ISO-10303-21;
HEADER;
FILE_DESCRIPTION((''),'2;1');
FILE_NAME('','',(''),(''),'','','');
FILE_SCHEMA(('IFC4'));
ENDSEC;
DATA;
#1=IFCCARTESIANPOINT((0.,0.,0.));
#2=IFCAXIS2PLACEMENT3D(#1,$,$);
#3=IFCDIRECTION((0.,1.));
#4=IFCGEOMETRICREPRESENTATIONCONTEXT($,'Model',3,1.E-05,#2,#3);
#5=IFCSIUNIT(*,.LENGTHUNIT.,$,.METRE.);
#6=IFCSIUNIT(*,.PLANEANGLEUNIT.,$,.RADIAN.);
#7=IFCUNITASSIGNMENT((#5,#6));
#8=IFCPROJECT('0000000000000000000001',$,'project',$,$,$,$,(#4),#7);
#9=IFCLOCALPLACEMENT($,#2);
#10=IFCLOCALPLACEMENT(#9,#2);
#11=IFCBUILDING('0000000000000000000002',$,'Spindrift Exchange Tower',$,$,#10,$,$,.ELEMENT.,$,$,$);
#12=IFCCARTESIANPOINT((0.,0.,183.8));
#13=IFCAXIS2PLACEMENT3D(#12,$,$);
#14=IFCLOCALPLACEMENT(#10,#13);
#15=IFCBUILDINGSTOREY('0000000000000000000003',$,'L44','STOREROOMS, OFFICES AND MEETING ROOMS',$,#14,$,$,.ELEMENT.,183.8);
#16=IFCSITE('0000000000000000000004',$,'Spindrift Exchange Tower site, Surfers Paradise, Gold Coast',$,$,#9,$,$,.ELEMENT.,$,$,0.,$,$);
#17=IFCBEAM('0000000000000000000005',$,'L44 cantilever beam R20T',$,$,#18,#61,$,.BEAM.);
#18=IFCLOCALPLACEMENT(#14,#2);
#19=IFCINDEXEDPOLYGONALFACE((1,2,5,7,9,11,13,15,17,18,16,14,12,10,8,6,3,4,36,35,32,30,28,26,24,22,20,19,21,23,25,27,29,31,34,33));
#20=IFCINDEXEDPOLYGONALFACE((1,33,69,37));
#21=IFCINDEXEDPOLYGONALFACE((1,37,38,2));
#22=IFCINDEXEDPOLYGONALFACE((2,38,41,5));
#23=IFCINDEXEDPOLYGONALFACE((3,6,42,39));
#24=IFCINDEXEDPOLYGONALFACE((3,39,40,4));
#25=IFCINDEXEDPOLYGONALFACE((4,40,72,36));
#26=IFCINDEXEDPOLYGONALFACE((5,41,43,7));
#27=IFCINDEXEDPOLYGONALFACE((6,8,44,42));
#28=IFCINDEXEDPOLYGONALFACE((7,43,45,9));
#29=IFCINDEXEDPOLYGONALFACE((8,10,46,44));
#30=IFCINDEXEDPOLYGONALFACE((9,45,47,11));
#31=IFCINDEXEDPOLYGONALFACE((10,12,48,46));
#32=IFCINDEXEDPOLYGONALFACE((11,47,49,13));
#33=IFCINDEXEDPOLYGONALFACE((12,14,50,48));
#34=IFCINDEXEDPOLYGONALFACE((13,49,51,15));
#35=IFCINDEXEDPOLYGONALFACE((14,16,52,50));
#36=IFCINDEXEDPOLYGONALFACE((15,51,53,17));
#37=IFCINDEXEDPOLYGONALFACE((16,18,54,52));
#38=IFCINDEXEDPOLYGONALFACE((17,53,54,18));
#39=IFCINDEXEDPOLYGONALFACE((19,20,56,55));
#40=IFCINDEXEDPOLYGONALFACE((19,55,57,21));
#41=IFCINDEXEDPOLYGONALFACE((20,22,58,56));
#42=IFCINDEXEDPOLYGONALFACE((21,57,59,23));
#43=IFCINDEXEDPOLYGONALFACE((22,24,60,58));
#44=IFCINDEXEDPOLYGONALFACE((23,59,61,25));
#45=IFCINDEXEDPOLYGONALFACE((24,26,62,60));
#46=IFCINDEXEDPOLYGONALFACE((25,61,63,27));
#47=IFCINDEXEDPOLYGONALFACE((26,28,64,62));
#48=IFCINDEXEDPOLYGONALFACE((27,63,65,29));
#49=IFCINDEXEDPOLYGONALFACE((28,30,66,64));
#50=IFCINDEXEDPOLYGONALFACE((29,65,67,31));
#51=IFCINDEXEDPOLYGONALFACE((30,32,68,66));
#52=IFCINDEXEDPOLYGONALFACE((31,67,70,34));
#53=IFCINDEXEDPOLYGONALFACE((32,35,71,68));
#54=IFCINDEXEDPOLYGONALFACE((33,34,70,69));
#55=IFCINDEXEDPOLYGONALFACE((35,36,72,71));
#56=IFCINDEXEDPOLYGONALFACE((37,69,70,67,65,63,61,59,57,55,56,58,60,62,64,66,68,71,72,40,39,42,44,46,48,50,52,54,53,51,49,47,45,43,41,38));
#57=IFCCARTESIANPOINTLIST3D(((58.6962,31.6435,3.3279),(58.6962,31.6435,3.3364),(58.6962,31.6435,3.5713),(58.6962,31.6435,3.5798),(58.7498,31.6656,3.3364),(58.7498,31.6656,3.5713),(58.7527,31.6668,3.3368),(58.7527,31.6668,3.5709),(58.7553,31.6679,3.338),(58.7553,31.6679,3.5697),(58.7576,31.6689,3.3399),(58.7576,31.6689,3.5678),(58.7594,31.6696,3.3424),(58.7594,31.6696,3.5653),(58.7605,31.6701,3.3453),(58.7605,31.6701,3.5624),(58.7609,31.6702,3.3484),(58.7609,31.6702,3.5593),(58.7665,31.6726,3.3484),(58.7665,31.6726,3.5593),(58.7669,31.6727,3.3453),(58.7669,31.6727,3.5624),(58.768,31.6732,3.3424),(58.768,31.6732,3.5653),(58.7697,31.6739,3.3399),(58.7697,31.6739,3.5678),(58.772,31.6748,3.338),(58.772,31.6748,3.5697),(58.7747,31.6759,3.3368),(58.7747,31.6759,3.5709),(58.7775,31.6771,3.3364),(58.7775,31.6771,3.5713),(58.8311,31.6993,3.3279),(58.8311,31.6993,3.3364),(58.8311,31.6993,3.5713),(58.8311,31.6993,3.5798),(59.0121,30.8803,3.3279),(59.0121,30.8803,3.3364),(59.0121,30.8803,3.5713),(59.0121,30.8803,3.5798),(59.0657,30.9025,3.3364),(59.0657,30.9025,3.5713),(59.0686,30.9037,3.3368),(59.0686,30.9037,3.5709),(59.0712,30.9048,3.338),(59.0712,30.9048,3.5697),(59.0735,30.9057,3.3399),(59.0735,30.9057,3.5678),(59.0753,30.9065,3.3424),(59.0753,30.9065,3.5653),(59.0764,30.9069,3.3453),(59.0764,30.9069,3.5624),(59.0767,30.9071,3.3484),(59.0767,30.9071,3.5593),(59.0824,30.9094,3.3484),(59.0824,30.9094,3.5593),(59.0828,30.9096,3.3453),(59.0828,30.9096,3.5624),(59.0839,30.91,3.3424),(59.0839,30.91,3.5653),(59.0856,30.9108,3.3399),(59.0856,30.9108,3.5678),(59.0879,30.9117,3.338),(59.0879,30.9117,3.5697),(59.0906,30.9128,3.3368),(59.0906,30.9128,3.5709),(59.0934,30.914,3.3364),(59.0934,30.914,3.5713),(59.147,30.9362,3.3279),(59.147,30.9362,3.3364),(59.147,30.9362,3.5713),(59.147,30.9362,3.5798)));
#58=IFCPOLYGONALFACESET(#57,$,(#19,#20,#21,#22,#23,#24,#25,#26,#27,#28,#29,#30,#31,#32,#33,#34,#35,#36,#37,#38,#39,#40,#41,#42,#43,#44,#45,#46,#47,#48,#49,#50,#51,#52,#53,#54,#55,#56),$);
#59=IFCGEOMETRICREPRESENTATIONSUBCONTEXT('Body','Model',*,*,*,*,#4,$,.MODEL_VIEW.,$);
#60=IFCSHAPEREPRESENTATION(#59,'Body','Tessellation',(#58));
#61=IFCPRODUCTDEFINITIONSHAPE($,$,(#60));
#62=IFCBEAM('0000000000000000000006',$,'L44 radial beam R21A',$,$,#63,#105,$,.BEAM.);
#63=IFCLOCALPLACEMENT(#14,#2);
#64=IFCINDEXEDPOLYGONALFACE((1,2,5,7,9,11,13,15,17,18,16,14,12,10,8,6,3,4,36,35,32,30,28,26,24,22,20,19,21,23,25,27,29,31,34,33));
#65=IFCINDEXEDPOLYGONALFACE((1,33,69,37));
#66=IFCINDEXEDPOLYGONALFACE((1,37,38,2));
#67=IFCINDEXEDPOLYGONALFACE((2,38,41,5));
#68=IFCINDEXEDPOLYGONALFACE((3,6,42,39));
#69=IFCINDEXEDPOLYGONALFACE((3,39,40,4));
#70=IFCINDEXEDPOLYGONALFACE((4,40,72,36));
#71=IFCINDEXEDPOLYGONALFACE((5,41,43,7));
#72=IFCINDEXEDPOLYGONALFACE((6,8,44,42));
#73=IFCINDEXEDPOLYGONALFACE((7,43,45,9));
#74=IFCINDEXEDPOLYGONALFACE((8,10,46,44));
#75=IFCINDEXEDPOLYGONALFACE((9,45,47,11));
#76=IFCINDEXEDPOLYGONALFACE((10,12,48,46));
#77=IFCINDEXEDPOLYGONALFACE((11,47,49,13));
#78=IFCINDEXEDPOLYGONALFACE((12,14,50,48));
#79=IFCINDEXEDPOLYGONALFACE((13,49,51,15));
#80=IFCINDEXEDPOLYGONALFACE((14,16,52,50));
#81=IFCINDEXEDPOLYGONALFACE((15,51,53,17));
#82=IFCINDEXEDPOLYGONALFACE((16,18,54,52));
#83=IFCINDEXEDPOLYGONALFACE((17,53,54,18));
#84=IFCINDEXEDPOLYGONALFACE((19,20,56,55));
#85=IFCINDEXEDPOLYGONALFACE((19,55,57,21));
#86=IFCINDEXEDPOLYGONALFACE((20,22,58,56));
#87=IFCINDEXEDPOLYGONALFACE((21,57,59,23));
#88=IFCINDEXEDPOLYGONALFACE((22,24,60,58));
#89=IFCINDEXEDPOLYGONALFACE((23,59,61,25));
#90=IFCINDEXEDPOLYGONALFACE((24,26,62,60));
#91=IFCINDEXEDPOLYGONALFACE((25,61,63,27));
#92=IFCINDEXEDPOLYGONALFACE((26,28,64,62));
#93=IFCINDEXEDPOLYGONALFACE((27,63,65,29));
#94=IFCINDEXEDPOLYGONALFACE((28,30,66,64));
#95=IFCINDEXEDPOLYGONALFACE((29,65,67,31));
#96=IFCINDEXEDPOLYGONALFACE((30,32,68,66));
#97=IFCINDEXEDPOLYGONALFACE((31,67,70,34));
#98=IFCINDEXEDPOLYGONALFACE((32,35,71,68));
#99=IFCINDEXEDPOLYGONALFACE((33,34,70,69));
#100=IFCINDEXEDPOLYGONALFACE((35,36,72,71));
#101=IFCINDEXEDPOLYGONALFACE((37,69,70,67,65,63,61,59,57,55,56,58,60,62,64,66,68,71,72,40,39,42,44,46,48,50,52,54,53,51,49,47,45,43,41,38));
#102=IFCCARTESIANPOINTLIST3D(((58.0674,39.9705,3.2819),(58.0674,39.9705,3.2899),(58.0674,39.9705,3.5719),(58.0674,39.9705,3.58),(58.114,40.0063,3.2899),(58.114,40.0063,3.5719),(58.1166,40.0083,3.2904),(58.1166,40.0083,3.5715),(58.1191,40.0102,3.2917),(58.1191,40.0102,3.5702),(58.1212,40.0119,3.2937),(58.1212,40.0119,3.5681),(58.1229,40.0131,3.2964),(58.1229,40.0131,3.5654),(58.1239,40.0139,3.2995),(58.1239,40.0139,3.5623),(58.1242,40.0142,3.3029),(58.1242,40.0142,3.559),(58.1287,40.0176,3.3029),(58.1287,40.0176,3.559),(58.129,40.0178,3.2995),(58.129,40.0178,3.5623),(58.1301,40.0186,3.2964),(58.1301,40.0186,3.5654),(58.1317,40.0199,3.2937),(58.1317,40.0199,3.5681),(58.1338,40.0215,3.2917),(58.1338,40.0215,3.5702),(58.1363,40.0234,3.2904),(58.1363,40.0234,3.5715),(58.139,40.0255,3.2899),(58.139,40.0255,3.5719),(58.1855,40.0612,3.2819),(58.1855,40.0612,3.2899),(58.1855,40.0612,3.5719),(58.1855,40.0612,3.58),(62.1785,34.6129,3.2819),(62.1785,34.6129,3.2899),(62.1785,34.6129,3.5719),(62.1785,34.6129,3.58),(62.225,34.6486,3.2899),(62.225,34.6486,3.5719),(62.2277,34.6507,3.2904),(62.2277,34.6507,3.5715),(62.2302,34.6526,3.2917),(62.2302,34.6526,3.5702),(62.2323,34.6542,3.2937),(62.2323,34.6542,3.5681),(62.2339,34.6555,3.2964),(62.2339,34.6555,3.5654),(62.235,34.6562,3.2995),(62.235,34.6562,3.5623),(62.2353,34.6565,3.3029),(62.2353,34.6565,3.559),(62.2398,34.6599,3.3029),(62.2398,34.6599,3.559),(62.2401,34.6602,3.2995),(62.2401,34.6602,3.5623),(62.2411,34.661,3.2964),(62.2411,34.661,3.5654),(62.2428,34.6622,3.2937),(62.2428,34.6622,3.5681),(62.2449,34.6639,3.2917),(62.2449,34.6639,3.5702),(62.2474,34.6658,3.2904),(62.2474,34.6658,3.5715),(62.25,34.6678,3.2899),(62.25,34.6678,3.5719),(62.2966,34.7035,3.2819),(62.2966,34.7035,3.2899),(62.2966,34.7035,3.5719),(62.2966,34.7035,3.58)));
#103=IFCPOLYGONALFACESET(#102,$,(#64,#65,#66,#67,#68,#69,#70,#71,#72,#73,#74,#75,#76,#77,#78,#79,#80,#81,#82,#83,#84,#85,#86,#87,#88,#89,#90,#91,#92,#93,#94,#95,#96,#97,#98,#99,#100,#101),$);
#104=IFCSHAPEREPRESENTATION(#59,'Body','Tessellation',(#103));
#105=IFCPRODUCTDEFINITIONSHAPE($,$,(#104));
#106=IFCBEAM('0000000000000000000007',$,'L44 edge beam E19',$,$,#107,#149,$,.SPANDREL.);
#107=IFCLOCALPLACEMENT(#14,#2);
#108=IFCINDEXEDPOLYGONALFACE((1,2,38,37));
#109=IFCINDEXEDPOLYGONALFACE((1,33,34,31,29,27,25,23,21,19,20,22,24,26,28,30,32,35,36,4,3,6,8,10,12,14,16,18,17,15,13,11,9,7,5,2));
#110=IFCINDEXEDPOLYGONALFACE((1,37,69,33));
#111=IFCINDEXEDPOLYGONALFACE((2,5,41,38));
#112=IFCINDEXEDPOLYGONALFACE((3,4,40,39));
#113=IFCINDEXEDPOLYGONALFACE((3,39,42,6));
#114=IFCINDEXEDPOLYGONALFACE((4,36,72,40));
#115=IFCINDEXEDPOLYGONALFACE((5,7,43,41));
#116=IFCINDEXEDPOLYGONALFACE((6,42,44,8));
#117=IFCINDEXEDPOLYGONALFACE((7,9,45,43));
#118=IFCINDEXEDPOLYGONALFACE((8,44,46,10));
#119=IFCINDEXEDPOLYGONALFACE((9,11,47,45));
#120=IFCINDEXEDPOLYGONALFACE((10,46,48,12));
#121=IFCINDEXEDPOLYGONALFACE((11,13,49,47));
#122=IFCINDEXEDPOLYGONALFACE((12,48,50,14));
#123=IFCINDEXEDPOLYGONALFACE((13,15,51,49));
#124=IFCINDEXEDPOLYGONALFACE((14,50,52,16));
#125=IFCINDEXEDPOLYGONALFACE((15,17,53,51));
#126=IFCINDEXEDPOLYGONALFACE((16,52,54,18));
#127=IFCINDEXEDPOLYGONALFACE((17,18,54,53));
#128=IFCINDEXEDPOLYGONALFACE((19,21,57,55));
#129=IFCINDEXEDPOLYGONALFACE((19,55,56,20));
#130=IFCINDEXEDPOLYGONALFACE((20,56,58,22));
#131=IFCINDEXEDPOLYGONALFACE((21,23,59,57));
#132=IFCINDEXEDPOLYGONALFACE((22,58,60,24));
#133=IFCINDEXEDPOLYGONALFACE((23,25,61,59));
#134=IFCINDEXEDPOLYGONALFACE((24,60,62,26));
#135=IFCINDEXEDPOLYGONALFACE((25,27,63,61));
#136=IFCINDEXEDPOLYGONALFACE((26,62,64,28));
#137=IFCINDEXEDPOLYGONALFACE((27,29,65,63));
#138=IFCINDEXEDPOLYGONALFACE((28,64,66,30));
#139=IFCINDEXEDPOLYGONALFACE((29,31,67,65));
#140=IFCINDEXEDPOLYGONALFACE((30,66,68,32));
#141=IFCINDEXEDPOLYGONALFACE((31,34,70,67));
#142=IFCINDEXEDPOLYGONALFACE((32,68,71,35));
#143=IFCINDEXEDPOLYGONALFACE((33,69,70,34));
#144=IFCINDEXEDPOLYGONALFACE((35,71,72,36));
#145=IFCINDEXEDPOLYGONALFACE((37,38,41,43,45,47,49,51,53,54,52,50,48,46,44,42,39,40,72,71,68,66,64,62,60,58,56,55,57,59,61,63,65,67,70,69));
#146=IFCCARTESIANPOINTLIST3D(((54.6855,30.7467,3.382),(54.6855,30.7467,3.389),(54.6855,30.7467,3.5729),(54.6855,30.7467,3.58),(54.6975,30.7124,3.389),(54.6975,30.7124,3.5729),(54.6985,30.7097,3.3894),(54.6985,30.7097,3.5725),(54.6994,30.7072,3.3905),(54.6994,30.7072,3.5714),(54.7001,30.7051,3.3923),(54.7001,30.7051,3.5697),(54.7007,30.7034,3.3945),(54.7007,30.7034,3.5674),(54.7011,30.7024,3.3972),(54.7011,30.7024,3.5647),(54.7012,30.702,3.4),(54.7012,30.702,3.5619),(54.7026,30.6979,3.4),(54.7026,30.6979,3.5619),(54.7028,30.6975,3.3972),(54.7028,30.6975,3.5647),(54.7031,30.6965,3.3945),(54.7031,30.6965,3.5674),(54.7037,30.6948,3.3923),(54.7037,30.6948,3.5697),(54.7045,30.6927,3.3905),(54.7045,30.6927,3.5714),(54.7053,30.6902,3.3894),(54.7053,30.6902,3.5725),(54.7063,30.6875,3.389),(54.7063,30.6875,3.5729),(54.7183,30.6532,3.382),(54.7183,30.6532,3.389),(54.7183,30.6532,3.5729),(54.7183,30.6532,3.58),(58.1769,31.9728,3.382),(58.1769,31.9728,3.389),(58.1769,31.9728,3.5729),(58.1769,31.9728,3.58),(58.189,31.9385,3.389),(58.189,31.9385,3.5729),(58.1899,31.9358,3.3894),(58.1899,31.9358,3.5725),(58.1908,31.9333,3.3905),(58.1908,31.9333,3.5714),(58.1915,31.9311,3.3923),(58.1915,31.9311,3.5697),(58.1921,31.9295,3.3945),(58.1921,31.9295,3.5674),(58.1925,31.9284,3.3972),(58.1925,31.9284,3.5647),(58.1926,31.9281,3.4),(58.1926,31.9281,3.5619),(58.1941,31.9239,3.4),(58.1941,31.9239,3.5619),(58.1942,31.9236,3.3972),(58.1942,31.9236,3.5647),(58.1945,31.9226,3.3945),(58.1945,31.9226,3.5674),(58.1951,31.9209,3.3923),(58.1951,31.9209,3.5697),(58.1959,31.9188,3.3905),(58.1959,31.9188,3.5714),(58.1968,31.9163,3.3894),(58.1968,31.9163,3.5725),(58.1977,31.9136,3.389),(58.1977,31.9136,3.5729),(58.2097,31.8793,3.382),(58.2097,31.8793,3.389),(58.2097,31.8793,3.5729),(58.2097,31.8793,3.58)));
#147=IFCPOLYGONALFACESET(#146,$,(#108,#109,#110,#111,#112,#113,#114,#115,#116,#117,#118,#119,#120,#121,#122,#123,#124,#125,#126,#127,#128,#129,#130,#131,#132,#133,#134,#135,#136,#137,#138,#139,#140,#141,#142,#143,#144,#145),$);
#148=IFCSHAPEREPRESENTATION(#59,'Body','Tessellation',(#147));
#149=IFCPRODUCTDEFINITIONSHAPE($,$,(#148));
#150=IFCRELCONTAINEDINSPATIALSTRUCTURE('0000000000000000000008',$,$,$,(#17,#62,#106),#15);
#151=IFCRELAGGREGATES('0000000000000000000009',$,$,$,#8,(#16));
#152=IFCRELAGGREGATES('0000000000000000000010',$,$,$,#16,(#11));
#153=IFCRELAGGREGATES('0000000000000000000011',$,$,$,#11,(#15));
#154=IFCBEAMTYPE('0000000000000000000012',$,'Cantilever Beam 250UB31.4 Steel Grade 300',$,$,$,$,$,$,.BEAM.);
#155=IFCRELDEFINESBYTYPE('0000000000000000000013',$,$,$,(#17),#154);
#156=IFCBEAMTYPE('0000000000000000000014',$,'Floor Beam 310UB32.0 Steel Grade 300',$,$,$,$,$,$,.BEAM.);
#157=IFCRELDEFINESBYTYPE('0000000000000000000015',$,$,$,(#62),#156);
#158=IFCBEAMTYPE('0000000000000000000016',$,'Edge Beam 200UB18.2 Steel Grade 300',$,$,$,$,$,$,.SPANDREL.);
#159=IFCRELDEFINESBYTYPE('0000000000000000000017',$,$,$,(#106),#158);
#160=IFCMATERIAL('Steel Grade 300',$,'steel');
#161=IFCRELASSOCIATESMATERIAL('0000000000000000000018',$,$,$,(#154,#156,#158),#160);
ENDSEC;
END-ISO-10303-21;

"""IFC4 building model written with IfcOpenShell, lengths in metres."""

from ifc_helpers import new_model, si_unit, direction, frame, origin, origin_2d, place, context, subcontext, project, spatial, i_section, extrude, source, transform, mapped, material, material_profile, profile_set, type_object, element, save


model = new_model("IFC4")

# Units and contexts
model_context = context("Model", 3, precision=1e-05, world=origin(), true_north=direction((0.0, 1.0)))
body_context = subcontext(model_context, "Body", "Model", "MODEL_VIEW")
ifc_project = project(units=[si_unit("LENGTHUNIT", "METRE"), si_unit("PLANEANGLEUNIT", "RADIAN")], contexts=[model_context])

# Site, building, storey
site_placement = place(None, origin())
site = spatial("IfcSite", under=ifc_project, at=site_placement, Name="Spindrift Exchange Tower site, Surfers Paradise, Gold Coast", CompositionType="ELEMENT", RefElevation=0.0)
building_placement = place(site_placement, origin())
building = spatial("IfcBuilding", under=site, at=building_placement, Name="Spindrift Exchange Tower", CompositionType="ELEMENT")
storey_placement = place(building_placement, frame((0.0, 0.0, 183.8)))
storey = spatial("IfcBuildingStorey", under=building, at=storey_placement, Name="L44", Description="STOREROOMS, OFFICES AND MEETING ROOMS", CompositionType="ELEMENT", Elevation=183.8)

# Beams
ifc_material_1 = material(Name="Steel Grade 300", Category="steel")
ifc_material_profile_1 = material_profile(ifc_material_1, i_section(OverallWidth=0.146, OverallDepth=0.252, WebThickness=0.0061, FlangeThickness=0.0085, FilletRadius=0.012, at=origin_2d()), Name="250UB31.4")
ifc_profile_set_1 = profile_set([ifc_material_profile_1], Name="Steel Grade 300")
beam_type_1 = type_object("IfcBeamType", Name="Cantilever Beam 250UB31.4 Steel Grade 300", PredefinedType="BEAM", material=ifc_profile_set_1)
shared_shape_1 = source(origin(), body_context, "Body", "SweptSolid", [
    extrude(i_section(OverallWidth=0.146, OverallDepth=0.252, WebThickness=0.0061, FlangeThickness=0.0085, FilletRadius=0.012, at=origin_2d()), origin(), (0.0, 0.0, 1.0), 0.8259),
])
beam_1_placement = place(storey_placement, frame((58.7637, 31.6714, 3.4539), z_axis=(0.382474, -0.923966, 0.0), x_axis=(0.923966, 0.382474, 0.0)))
element("IfcBeam", 1, at=beam_1_placement, inside=storey, type_object=beam_type_1, Name="L44 cantilever beam R20T", PredefinedType="BEAM", context=body_context, shape_type="MappedRepresentation", body=[
    mapped(shared_shape_1, transform((0.0, 0.0, 0.0), scale=1.0)),
])
ifc_material_profile_2 = material_profile(ifc_material_1, i_section(OverallWidth=0.1489, OverallDepth=0.2981, WebThickness=0.0056, FlangeThickness=0.0081, FilletRadius=0.0129, at=origin_2d()), Name="310UB32.0")
ifc_profile_set_2 = profile_set([ifc_material_profile_2], Name="Steel Grade 300")
beam_type_2 = type_object("IfcBeamType", Name="Floor Beam 310UB32.0 Steel Grade 300", PredefinedType="BEAM", material=ifc_profile_set_2)
shared_shape_2 = source(origin(), body_context, "Body", "SweptSolid", [
    extrude(i_section(OverallWidth=0.1489, OverallDepth=0.2981, WebThickness=0.0056, FlangeThickness=0.0081, FilletRadius=0.0129, at=origin_2d()), origin(), (0.0, 0.0, 1.0), 6.7532),
])
beam_2_placement = place(storey_placement, frame((58.1265, 40.0159, 3.4309), z_axis=(0.608762, -0.793353, 0.0), x_axis=(0.793353, 0.608762, 0.0)))
element("IfcBeam", 2, at=beam_2_placement, inside=storey, type_object=beam_type_2, Name="L44 radial beam R21A", PredefinedType="BEAM", context=body_context, shape_type="MappedRepresentation", body=[
    mapped(shared_shape_2, transform((0.0, 0.0, 0.0), scale=1.0)),
])
ifc_material_profile_3 = material_profile(ifc_material_1, i_section(OverallWidth=0.0991, OverallDepth=0.198, WebThickness=0.0044, FlangeThickness=0.0071, FilletRadius=0.011, at=origin_2d()), Name="200UB18.2")
ifc_profile_set_3 = profile_set([ifc_material_profile_3], Name="Steel Grade 300")
beam_type_3 = type_object("IfcBeamType", Name="Edge Beam 200UB18.2 Steel Grade 300", PredefinedType="SPANDREL", material=ifc_profile_set_3)
shared_shape_3 = source(origin(), body_context, "Body", "SweptSolid", [
    extrude(i_section(OverallWidth=0.0991, OverallDepth=0.198, WebThickness=0.0044, FlangeThickness=0.0071, FilletRadius=0.011, at=origin_2d()), origin(), (0.0, 0.0, 1.0), 3.7004),
])
beam_3_placement = place(storey_placement, frame((54.7019, 30.7, 3.481), z_axis=(0.943515, 0.331329, 0.0), x_axis=(-0.331329, 0.943515, 0.0)))
element("IfcBeam", 3, at=beam_3_placement, inside=storey, type_object=beam_type_3, Name="L44 edge beam E19", PredefinedType="SPANDREL", context=body_context, shape_type="MappedRepresentation", body=[
    mapped(shared_shape_3, transform((0.0, 0.0, 0.0), scale=1.0)),
])

save(model, "model.ifc")
